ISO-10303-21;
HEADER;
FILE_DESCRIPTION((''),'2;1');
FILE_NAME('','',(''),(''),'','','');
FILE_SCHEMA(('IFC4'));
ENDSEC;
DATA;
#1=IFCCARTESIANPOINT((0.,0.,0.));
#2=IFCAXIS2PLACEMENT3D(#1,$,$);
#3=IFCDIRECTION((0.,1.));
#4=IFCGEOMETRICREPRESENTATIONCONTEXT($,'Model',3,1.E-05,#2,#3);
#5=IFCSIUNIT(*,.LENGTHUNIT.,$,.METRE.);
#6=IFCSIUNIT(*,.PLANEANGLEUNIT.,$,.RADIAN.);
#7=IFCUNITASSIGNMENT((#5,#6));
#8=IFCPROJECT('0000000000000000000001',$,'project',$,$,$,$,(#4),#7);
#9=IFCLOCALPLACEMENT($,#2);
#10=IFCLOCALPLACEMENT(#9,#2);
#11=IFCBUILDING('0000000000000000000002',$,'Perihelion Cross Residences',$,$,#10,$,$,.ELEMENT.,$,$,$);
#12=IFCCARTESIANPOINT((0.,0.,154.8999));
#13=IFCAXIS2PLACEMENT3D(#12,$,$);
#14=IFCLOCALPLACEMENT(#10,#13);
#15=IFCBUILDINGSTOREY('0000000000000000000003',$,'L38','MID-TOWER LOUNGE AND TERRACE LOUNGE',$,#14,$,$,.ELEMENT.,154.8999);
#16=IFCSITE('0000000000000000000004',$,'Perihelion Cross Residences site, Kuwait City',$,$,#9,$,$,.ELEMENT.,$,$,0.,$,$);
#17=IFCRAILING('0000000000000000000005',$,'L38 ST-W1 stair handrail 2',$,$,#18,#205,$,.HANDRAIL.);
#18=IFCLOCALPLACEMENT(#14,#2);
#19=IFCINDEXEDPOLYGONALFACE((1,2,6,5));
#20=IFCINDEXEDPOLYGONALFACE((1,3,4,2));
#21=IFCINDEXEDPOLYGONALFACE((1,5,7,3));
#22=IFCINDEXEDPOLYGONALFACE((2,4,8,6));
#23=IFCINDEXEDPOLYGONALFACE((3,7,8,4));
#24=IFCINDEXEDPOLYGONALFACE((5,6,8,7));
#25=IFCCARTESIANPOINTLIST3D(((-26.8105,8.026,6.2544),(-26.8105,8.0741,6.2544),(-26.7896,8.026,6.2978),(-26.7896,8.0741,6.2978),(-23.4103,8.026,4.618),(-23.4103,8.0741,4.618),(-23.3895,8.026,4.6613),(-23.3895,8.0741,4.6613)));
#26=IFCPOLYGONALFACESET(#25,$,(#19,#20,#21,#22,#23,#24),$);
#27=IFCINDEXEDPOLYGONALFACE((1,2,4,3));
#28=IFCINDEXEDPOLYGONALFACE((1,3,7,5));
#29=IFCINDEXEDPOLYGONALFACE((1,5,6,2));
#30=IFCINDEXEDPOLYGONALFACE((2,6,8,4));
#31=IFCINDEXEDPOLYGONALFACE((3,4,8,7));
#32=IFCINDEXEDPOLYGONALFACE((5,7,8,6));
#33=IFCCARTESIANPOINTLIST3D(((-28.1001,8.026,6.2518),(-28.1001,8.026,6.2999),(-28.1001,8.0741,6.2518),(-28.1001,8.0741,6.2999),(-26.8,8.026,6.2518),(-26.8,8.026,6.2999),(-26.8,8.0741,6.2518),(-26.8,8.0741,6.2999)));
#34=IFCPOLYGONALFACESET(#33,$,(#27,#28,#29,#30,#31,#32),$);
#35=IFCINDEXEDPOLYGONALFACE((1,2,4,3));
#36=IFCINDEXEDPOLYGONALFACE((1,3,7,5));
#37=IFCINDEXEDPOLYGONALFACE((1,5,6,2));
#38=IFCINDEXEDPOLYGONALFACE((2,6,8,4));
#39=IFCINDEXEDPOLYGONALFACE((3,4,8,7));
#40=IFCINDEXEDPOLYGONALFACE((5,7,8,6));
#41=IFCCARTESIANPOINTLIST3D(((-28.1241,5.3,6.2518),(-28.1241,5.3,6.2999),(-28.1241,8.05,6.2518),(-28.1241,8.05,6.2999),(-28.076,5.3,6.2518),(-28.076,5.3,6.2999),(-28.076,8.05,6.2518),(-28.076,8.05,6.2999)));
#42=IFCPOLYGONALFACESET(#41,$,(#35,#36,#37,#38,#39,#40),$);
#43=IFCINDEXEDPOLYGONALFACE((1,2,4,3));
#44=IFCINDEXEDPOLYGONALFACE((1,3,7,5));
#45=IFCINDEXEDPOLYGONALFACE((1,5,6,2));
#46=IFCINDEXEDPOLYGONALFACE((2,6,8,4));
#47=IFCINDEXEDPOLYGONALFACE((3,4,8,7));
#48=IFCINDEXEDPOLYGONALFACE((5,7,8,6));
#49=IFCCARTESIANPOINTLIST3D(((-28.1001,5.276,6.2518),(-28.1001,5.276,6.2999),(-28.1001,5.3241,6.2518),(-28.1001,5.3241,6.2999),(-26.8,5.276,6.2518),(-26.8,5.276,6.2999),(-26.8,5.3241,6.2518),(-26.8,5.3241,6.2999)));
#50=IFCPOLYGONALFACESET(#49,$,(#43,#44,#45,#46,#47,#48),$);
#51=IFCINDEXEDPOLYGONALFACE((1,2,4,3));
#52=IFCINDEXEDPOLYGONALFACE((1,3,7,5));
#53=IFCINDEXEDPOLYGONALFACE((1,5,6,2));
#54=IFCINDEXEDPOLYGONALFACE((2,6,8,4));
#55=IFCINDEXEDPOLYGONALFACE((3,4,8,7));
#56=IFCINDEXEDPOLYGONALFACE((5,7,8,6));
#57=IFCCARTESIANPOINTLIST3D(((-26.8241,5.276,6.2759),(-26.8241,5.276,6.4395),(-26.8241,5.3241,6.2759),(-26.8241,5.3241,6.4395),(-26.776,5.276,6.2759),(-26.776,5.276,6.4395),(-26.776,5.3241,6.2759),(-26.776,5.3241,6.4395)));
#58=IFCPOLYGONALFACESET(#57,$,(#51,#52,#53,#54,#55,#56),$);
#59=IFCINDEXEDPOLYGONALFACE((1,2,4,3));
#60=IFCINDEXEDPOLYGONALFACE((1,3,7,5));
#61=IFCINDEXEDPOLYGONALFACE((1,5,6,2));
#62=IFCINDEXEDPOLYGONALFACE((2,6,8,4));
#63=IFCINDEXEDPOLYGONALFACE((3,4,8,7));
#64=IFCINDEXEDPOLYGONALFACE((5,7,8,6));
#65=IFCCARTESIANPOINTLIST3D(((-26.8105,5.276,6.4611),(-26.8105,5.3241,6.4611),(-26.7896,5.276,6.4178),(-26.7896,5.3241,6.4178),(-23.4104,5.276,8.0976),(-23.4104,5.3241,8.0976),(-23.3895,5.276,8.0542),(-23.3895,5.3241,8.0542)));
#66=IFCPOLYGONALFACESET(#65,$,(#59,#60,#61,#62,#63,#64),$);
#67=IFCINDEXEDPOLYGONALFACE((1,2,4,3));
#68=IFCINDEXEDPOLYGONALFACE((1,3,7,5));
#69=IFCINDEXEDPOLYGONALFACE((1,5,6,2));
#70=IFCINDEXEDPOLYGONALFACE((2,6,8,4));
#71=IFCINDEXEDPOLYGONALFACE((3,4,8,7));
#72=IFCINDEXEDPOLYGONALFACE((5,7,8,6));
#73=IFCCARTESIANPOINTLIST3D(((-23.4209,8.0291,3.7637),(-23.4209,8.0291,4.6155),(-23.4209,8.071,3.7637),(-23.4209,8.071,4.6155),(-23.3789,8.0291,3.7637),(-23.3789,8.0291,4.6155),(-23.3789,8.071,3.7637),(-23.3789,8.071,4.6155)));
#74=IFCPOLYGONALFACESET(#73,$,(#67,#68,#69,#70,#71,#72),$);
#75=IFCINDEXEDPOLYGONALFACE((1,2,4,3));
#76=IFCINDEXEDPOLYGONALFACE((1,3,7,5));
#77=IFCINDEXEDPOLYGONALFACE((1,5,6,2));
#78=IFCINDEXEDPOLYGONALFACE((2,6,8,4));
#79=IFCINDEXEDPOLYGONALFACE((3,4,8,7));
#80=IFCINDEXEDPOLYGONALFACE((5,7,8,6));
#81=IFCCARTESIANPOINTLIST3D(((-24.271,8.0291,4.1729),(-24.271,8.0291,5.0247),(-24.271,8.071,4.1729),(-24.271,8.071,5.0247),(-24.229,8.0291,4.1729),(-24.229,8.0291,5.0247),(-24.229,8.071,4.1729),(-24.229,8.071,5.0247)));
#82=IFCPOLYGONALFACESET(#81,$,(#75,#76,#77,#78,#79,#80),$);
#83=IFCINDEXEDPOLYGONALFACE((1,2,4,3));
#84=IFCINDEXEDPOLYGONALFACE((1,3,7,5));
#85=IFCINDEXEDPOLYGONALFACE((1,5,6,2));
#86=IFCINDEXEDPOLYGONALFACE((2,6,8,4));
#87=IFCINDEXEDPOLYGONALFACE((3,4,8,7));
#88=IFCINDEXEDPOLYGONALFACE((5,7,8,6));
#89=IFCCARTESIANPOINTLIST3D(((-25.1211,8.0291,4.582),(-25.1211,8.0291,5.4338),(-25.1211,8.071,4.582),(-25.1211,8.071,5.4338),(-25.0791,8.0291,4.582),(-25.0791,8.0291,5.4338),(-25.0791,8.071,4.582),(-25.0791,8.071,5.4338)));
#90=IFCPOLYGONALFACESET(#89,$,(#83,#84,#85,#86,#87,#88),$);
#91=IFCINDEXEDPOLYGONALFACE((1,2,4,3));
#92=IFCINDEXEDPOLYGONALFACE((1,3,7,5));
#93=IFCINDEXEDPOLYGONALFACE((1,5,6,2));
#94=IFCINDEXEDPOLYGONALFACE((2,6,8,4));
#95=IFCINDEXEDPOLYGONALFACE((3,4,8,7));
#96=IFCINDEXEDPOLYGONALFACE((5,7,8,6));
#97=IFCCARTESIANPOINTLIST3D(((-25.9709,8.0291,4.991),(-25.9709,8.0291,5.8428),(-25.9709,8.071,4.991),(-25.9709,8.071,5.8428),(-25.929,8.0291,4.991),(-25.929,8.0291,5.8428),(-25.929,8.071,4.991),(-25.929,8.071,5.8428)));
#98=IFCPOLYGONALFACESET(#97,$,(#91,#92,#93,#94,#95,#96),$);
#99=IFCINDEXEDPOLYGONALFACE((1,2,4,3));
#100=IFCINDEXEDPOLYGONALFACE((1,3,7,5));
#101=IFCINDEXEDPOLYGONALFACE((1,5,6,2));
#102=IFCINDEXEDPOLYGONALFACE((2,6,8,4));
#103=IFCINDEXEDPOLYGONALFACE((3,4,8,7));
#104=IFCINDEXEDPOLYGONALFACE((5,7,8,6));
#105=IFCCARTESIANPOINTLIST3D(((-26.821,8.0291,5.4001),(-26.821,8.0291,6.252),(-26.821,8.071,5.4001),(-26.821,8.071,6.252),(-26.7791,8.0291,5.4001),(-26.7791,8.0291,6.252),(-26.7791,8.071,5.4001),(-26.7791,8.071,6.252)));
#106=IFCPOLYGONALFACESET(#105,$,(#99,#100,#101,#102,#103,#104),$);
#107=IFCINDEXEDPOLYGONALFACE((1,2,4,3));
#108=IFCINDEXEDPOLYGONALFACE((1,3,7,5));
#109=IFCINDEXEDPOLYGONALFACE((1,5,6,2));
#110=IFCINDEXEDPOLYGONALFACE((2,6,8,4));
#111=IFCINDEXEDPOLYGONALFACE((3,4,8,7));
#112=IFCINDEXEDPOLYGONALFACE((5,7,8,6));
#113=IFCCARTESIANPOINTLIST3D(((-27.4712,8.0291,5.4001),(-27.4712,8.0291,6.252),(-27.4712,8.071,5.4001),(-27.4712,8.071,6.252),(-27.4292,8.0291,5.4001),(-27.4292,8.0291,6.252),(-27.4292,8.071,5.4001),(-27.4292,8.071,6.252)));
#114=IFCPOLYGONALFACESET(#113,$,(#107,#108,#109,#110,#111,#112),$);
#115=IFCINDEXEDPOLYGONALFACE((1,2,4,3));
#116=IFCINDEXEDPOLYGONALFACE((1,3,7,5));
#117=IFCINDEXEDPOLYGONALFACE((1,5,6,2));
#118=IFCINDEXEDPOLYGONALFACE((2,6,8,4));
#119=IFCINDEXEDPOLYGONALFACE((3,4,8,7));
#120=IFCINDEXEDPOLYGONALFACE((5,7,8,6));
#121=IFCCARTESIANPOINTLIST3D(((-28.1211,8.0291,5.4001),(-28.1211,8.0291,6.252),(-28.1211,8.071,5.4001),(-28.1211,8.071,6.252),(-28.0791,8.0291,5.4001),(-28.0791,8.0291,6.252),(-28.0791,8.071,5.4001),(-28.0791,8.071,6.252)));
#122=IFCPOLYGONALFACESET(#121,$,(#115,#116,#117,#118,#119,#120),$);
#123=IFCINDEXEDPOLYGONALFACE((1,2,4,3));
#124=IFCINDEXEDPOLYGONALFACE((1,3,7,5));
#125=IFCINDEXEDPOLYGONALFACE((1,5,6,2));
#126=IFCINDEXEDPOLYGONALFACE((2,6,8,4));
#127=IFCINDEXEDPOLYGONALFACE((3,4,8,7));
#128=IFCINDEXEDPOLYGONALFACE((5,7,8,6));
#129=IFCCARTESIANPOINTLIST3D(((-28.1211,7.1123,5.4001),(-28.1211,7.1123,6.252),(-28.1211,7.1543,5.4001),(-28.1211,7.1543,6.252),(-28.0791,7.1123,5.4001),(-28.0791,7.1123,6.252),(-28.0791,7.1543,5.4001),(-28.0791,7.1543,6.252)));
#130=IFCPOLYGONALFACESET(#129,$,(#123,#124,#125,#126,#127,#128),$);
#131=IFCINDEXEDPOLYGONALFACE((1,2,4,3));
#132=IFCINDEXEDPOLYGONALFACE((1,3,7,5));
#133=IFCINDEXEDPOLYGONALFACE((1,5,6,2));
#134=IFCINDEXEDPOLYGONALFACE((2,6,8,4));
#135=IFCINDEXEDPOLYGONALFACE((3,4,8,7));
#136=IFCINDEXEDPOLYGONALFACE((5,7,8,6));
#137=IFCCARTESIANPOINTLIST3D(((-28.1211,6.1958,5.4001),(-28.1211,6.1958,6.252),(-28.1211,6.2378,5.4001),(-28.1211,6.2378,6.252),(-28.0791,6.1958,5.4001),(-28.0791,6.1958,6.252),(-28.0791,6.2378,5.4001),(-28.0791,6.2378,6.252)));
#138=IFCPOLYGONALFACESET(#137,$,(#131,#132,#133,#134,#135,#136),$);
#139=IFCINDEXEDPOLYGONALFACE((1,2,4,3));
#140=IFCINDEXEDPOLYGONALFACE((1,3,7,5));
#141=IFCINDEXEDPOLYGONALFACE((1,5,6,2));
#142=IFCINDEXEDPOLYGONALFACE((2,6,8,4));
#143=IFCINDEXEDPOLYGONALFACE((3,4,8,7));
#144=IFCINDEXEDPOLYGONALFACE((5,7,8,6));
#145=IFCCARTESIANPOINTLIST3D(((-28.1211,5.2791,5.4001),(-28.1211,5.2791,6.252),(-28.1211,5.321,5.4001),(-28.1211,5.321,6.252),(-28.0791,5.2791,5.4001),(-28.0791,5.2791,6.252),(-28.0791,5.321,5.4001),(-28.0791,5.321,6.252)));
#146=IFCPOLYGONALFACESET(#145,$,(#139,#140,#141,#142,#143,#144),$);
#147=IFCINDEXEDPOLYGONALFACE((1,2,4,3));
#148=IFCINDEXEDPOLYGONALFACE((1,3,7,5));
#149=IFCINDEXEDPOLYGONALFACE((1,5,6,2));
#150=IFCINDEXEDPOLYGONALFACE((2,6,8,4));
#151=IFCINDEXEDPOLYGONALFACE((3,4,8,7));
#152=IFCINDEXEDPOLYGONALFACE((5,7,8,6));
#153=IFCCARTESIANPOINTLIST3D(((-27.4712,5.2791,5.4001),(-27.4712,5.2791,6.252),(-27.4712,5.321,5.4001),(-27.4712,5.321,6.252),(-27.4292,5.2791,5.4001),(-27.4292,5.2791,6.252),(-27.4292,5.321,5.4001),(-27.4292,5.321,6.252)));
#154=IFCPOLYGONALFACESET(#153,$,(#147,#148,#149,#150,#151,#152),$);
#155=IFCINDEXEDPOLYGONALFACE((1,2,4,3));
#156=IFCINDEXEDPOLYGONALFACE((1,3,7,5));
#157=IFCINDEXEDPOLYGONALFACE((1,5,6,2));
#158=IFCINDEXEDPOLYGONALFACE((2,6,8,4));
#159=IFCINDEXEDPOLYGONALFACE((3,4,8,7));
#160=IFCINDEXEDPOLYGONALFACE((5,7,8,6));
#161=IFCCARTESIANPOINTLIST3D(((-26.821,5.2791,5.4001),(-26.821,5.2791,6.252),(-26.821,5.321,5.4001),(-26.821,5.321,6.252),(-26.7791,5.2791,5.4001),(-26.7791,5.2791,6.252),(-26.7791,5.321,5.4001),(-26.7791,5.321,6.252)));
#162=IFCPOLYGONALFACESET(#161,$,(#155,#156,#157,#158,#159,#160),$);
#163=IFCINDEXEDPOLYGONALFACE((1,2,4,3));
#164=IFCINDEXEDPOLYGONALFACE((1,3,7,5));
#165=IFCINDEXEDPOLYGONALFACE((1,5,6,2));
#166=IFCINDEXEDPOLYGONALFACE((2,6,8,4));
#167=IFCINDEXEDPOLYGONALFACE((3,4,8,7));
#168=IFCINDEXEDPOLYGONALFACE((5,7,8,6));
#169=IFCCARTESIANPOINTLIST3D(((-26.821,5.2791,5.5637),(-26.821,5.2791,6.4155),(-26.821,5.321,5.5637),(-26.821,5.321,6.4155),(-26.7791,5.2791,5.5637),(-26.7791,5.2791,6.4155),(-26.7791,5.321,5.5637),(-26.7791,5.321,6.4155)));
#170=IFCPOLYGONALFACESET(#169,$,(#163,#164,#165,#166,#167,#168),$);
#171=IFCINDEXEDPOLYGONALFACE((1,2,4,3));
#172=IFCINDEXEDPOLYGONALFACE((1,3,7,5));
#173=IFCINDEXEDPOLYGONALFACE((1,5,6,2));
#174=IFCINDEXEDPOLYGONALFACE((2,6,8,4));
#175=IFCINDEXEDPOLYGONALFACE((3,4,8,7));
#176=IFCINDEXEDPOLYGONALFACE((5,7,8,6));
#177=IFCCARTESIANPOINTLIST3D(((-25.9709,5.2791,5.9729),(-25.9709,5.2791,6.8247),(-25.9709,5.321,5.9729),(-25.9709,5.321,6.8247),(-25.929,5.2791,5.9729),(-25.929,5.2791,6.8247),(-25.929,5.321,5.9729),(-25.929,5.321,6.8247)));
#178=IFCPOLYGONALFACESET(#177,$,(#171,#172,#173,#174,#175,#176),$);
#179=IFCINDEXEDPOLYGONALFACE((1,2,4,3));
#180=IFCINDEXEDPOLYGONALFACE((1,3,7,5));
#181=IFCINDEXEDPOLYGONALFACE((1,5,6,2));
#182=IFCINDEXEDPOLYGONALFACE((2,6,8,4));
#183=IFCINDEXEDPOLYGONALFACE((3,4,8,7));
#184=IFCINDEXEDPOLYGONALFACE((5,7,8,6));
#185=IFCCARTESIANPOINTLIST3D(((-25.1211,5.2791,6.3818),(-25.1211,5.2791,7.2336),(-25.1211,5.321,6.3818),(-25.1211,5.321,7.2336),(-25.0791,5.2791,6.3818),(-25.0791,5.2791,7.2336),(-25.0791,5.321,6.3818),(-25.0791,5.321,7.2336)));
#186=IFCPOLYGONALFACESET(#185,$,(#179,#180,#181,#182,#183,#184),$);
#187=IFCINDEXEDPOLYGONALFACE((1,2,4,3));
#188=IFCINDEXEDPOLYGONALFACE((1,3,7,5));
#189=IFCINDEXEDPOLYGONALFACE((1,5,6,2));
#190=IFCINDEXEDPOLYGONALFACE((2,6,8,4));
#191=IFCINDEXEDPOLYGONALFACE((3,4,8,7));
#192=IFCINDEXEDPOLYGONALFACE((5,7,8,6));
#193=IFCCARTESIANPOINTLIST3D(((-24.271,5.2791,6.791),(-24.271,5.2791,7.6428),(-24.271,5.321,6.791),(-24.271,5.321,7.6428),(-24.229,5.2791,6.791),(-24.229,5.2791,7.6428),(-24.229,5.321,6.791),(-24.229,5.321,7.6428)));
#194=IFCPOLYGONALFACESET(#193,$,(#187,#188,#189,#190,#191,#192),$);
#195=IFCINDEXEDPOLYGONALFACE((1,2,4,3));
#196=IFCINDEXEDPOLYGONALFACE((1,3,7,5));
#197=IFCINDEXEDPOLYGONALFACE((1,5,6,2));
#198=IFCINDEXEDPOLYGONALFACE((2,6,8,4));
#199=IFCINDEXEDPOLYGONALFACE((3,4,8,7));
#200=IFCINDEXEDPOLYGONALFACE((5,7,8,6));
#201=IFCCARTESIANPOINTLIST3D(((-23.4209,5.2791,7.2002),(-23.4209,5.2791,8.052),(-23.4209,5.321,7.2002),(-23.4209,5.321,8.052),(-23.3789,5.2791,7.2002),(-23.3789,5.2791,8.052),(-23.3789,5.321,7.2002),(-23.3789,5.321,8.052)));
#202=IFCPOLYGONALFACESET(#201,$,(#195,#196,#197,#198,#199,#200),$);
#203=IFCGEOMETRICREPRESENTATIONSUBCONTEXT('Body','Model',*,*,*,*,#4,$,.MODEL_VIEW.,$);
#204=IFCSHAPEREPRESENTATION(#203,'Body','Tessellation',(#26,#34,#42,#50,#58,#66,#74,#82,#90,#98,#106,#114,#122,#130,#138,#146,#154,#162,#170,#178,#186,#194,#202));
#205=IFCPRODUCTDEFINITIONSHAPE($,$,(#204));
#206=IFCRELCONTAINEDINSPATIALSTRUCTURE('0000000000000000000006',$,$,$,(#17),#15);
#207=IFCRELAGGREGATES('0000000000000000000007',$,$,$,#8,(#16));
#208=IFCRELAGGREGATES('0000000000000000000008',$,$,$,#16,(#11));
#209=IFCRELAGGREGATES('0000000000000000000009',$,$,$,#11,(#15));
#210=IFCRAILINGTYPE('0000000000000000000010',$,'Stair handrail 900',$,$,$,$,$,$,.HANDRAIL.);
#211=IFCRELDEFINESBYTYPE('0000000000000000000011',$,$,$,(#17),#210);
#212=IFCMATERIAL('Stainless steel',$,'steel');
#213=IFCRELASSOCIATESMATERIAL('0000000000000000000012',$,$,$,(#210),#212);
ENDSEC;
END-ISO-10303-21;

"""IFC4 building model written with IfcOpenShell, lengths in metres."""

from ifc_helpers import new_model, si_unit, direction, frame, origin, origin_2d, place, context, subcontext, project, spatial, rectangle, extrude, material, type_object, element, save


model = new_model("IFC4")

# Units and contexts
model_context = context("Model", 3, precision=1e-05, world=origin(), true_north=direction((0.0, 1.0)))
body_context = subcontext(model_context, "Body", "Model", "MODEL_VIEW")
ifc_project = project(units=[si_unit("LENGTHUNIT", "METRE"), si_unit("PLANEANGLEUNIT", "RADIAN")], contexts=[model_context])

# Site, building, storey
site_placement = place(None, origin())
site = spatial("IfcSite", under=ifc_project, at=site_placement, Name="Perihelion Cross Residences site, Kuwait City", CompositionType="ELEMENT", RefElevation=0.0)
building_placement = place(site_placement, origin())
building = spatial("IfcBuilding", under=site, at=building_placement, Name="Perihelion Cross Residences", CompositionType="ELEMENT")
storey_placement = place(building_placement, frame((0.0, 0.0, 154.8999)))
storey = spatial("IfcBuildingStorey", under=building, at=storey_placement, Name="L38", Description="MID-TOWER LOUNGE AND TERRACE LOUNGE", CompositionType="ELEMENT", Elevation=154.8999)

# Railing
ifc_material_1 = material(Name="Stainless steel", Category="steel")
railing_type_1 = type_object("IfcRailingType", Name="Stair handrail 900", PredefinedType="HANDRAIL", material=ifc_material_1)
railing_1_placement = place(storey_placement, frame((-23.3999, 8.05, 3.7637)))
element("IfcRailing", 1, at=railing_1_placement, inside=storey, type_object=railing_type_1, Name="L38 ST-W1 stair handrail 2", PredefinedType="HANDRAIL", context=body_context, shape_type="SweptSolid", body=[
    extrude(rectangle(XDim=0.0481, YDim=0.0481, at=origin_2d()), frame((0.0, 0.0, 0.876), z_axis=(-0.901067, 0.0, 0.433679), x_axis=(0.0, -1.0, 0.0)), (0.0, 0.0, 1.0), 3.7734),
    extrude(rectangle(XDim=0.0481, YDim=0.0481, at=origin_2d()), frame((-3.4001, 0.0, 2.5122), z_axis=(-1.0, 0.0, 0.0), x_axis=(0.0, -1.0, 0.0)), (0.0, 0.0, 1.0), 1.3),
    extrude(rectangle(XDim=0.0481, YDim=0.0481, at=origin_2d()), frame((-4.7002, 0.0, 2.5122), z_axis=(0.0, -1.0, 0.0), x_axis=(1.0, 0.0, 0.0)), (0.0, 0.0, 1.0), 2.75),
    extrude(rectangle(XDim=0.0481, YDim=0.0481, at=origin_2d()), frame((-4.7002, -2.75, 2.5122), z_axis=(1.0, 0.0, 0.0), x_axis=(0.0, 1.0, 0.0)), (0.0, 0.0, 1.0), 1.3),
    extrude(rectangle(XDim=0.0481, YDim=0.0481, at=origin_2d()), frame((-3.4001, -2.75, 2.5122), z_axis=(0.0, 0.0, 1.0), x_axis=(1.0, 0.0, 0.0)), (0.0, 0.0, 1.0), 0.1636),
    extrude(rectangle(XDim=0.0481, YDim=0.0481, at=origin_2d()), frame((-3.4001, -2.75, 2.6758), z_axis=(0.901067, 0.0, 0.433679), x_axis=(0.0, 1.0, 0.0)), (0.0, 0.0, 1.0), 3.7734),
    extrude(rectangle(XDim=0.042, YDim=0.042, at=origin_2d()), origin(), (0.0, 0.0, 1.0), 0.8518),
    extrude(rectangle(XDim=0.042, YDim=0.042, at=origin_2d()), frame((-0.8501, 0.0, 0.4092)), (0.0, 0.0, 1.0), 0.8518),
    extrude(rectangle(XDim=0.042, YDim=0.042, at=origin_2d()), frame((-1.7002, 0.0, 0.8184)), (0.0, 0.0, 1.0), 0.8518),
    extrude(rectangle(XDim=0.042, YDim=0.042, at=origin_2d()), frame((-2.55, 0.0, 1.2273)), (0.0, 0.0, 1.0), 0.8518),
    extrude(rectangle(XDim=0.042, YDim=0.042, at=origin_2d()), frame((-3.4001, 0.0, 1.6365)), (0.0, 0.0, 1.0), 0.8518),
    extrude(rectangle(XDim=0.042, YDim=0.042, at=origin_2d()), frame((-4.0503, 0.0, 1.6365)), (0.0, 0.0, 1.0), 0.8518),
    extrude(rectangle(XDim=0.042, YDim=0.042, at=origin_2d()), frame((-4.7002, 0.0, 1.6365)), (0.0, 0.0, 1.0), 0.8518),
    extrude(rectangle(XDim=0.042, YDim=0.042, at=origin_2d()), frame((-4.7002, -0.9167, 1.6365)), (0.0, 0.0, 1.0), 0.8518),
    extrude(rectangle(XDim=0.042, YDim=0.042, at=origin_2d()), frame((-4.7002, -1.8333, 1.6365)), (0.0, 0.0, 1.0), 0.8518),
    extrude(rectangle(XDim=0.042, YDim=0.042, at=origin_2d()), frame((-4.7002, -2.75, 1.6365)), (0.0, 0.0, 1.0), 0.8518),
    extrude(rectangle(XDim=0.042, YDim=0.042, at=origin_2d()), frame((-4.0503, -2.75, 1.6365)), (0.0, 0.0, 1.0), 0.8518),
    extrude(rectangle(XDim=0.042, YDim=0.042, at=origin_2d()), frame((-3.4001, -2.75, 1.6365)), (0.0, 0.0, 1.0), 0.8518),
    extrude(rectangle(XDim=0.042, YDim=0.042, at=origin_2d()), frame((-3.4001, -2.75, 1.8)), (0.0, 0.0, 1.0), 0.8518),
    extrude(rectangle(XDim=0.042, YDim=0.042, at=origin_2d()), frame((-2.55, -2.75, 2.2092)), (0.0, 0.0, 1.0), 0.8518),
    extrude(rectangle(XDim=0.042, YDim=0.042, at=origin_2d()), frame((-1.7002, -2.75, 2.6182)), (0.0, 0.0, 1.0), 0.8518),
    extrude(rectangle(XDim=0.042, YDim=0.042, at=origin_2d()), frame((-0.8501, -2.75, 3.0273)), (0.0, 0.0, 1.0), 0.8518),
    extrude(rectangle(XDim=0.042, YDim=0.042, at=origin_2d()), frame((0.0, -2.75, 3.4365)), (0.0, 0.0, 1.0), 0.8518),
])

save(model, "model.ifc")
